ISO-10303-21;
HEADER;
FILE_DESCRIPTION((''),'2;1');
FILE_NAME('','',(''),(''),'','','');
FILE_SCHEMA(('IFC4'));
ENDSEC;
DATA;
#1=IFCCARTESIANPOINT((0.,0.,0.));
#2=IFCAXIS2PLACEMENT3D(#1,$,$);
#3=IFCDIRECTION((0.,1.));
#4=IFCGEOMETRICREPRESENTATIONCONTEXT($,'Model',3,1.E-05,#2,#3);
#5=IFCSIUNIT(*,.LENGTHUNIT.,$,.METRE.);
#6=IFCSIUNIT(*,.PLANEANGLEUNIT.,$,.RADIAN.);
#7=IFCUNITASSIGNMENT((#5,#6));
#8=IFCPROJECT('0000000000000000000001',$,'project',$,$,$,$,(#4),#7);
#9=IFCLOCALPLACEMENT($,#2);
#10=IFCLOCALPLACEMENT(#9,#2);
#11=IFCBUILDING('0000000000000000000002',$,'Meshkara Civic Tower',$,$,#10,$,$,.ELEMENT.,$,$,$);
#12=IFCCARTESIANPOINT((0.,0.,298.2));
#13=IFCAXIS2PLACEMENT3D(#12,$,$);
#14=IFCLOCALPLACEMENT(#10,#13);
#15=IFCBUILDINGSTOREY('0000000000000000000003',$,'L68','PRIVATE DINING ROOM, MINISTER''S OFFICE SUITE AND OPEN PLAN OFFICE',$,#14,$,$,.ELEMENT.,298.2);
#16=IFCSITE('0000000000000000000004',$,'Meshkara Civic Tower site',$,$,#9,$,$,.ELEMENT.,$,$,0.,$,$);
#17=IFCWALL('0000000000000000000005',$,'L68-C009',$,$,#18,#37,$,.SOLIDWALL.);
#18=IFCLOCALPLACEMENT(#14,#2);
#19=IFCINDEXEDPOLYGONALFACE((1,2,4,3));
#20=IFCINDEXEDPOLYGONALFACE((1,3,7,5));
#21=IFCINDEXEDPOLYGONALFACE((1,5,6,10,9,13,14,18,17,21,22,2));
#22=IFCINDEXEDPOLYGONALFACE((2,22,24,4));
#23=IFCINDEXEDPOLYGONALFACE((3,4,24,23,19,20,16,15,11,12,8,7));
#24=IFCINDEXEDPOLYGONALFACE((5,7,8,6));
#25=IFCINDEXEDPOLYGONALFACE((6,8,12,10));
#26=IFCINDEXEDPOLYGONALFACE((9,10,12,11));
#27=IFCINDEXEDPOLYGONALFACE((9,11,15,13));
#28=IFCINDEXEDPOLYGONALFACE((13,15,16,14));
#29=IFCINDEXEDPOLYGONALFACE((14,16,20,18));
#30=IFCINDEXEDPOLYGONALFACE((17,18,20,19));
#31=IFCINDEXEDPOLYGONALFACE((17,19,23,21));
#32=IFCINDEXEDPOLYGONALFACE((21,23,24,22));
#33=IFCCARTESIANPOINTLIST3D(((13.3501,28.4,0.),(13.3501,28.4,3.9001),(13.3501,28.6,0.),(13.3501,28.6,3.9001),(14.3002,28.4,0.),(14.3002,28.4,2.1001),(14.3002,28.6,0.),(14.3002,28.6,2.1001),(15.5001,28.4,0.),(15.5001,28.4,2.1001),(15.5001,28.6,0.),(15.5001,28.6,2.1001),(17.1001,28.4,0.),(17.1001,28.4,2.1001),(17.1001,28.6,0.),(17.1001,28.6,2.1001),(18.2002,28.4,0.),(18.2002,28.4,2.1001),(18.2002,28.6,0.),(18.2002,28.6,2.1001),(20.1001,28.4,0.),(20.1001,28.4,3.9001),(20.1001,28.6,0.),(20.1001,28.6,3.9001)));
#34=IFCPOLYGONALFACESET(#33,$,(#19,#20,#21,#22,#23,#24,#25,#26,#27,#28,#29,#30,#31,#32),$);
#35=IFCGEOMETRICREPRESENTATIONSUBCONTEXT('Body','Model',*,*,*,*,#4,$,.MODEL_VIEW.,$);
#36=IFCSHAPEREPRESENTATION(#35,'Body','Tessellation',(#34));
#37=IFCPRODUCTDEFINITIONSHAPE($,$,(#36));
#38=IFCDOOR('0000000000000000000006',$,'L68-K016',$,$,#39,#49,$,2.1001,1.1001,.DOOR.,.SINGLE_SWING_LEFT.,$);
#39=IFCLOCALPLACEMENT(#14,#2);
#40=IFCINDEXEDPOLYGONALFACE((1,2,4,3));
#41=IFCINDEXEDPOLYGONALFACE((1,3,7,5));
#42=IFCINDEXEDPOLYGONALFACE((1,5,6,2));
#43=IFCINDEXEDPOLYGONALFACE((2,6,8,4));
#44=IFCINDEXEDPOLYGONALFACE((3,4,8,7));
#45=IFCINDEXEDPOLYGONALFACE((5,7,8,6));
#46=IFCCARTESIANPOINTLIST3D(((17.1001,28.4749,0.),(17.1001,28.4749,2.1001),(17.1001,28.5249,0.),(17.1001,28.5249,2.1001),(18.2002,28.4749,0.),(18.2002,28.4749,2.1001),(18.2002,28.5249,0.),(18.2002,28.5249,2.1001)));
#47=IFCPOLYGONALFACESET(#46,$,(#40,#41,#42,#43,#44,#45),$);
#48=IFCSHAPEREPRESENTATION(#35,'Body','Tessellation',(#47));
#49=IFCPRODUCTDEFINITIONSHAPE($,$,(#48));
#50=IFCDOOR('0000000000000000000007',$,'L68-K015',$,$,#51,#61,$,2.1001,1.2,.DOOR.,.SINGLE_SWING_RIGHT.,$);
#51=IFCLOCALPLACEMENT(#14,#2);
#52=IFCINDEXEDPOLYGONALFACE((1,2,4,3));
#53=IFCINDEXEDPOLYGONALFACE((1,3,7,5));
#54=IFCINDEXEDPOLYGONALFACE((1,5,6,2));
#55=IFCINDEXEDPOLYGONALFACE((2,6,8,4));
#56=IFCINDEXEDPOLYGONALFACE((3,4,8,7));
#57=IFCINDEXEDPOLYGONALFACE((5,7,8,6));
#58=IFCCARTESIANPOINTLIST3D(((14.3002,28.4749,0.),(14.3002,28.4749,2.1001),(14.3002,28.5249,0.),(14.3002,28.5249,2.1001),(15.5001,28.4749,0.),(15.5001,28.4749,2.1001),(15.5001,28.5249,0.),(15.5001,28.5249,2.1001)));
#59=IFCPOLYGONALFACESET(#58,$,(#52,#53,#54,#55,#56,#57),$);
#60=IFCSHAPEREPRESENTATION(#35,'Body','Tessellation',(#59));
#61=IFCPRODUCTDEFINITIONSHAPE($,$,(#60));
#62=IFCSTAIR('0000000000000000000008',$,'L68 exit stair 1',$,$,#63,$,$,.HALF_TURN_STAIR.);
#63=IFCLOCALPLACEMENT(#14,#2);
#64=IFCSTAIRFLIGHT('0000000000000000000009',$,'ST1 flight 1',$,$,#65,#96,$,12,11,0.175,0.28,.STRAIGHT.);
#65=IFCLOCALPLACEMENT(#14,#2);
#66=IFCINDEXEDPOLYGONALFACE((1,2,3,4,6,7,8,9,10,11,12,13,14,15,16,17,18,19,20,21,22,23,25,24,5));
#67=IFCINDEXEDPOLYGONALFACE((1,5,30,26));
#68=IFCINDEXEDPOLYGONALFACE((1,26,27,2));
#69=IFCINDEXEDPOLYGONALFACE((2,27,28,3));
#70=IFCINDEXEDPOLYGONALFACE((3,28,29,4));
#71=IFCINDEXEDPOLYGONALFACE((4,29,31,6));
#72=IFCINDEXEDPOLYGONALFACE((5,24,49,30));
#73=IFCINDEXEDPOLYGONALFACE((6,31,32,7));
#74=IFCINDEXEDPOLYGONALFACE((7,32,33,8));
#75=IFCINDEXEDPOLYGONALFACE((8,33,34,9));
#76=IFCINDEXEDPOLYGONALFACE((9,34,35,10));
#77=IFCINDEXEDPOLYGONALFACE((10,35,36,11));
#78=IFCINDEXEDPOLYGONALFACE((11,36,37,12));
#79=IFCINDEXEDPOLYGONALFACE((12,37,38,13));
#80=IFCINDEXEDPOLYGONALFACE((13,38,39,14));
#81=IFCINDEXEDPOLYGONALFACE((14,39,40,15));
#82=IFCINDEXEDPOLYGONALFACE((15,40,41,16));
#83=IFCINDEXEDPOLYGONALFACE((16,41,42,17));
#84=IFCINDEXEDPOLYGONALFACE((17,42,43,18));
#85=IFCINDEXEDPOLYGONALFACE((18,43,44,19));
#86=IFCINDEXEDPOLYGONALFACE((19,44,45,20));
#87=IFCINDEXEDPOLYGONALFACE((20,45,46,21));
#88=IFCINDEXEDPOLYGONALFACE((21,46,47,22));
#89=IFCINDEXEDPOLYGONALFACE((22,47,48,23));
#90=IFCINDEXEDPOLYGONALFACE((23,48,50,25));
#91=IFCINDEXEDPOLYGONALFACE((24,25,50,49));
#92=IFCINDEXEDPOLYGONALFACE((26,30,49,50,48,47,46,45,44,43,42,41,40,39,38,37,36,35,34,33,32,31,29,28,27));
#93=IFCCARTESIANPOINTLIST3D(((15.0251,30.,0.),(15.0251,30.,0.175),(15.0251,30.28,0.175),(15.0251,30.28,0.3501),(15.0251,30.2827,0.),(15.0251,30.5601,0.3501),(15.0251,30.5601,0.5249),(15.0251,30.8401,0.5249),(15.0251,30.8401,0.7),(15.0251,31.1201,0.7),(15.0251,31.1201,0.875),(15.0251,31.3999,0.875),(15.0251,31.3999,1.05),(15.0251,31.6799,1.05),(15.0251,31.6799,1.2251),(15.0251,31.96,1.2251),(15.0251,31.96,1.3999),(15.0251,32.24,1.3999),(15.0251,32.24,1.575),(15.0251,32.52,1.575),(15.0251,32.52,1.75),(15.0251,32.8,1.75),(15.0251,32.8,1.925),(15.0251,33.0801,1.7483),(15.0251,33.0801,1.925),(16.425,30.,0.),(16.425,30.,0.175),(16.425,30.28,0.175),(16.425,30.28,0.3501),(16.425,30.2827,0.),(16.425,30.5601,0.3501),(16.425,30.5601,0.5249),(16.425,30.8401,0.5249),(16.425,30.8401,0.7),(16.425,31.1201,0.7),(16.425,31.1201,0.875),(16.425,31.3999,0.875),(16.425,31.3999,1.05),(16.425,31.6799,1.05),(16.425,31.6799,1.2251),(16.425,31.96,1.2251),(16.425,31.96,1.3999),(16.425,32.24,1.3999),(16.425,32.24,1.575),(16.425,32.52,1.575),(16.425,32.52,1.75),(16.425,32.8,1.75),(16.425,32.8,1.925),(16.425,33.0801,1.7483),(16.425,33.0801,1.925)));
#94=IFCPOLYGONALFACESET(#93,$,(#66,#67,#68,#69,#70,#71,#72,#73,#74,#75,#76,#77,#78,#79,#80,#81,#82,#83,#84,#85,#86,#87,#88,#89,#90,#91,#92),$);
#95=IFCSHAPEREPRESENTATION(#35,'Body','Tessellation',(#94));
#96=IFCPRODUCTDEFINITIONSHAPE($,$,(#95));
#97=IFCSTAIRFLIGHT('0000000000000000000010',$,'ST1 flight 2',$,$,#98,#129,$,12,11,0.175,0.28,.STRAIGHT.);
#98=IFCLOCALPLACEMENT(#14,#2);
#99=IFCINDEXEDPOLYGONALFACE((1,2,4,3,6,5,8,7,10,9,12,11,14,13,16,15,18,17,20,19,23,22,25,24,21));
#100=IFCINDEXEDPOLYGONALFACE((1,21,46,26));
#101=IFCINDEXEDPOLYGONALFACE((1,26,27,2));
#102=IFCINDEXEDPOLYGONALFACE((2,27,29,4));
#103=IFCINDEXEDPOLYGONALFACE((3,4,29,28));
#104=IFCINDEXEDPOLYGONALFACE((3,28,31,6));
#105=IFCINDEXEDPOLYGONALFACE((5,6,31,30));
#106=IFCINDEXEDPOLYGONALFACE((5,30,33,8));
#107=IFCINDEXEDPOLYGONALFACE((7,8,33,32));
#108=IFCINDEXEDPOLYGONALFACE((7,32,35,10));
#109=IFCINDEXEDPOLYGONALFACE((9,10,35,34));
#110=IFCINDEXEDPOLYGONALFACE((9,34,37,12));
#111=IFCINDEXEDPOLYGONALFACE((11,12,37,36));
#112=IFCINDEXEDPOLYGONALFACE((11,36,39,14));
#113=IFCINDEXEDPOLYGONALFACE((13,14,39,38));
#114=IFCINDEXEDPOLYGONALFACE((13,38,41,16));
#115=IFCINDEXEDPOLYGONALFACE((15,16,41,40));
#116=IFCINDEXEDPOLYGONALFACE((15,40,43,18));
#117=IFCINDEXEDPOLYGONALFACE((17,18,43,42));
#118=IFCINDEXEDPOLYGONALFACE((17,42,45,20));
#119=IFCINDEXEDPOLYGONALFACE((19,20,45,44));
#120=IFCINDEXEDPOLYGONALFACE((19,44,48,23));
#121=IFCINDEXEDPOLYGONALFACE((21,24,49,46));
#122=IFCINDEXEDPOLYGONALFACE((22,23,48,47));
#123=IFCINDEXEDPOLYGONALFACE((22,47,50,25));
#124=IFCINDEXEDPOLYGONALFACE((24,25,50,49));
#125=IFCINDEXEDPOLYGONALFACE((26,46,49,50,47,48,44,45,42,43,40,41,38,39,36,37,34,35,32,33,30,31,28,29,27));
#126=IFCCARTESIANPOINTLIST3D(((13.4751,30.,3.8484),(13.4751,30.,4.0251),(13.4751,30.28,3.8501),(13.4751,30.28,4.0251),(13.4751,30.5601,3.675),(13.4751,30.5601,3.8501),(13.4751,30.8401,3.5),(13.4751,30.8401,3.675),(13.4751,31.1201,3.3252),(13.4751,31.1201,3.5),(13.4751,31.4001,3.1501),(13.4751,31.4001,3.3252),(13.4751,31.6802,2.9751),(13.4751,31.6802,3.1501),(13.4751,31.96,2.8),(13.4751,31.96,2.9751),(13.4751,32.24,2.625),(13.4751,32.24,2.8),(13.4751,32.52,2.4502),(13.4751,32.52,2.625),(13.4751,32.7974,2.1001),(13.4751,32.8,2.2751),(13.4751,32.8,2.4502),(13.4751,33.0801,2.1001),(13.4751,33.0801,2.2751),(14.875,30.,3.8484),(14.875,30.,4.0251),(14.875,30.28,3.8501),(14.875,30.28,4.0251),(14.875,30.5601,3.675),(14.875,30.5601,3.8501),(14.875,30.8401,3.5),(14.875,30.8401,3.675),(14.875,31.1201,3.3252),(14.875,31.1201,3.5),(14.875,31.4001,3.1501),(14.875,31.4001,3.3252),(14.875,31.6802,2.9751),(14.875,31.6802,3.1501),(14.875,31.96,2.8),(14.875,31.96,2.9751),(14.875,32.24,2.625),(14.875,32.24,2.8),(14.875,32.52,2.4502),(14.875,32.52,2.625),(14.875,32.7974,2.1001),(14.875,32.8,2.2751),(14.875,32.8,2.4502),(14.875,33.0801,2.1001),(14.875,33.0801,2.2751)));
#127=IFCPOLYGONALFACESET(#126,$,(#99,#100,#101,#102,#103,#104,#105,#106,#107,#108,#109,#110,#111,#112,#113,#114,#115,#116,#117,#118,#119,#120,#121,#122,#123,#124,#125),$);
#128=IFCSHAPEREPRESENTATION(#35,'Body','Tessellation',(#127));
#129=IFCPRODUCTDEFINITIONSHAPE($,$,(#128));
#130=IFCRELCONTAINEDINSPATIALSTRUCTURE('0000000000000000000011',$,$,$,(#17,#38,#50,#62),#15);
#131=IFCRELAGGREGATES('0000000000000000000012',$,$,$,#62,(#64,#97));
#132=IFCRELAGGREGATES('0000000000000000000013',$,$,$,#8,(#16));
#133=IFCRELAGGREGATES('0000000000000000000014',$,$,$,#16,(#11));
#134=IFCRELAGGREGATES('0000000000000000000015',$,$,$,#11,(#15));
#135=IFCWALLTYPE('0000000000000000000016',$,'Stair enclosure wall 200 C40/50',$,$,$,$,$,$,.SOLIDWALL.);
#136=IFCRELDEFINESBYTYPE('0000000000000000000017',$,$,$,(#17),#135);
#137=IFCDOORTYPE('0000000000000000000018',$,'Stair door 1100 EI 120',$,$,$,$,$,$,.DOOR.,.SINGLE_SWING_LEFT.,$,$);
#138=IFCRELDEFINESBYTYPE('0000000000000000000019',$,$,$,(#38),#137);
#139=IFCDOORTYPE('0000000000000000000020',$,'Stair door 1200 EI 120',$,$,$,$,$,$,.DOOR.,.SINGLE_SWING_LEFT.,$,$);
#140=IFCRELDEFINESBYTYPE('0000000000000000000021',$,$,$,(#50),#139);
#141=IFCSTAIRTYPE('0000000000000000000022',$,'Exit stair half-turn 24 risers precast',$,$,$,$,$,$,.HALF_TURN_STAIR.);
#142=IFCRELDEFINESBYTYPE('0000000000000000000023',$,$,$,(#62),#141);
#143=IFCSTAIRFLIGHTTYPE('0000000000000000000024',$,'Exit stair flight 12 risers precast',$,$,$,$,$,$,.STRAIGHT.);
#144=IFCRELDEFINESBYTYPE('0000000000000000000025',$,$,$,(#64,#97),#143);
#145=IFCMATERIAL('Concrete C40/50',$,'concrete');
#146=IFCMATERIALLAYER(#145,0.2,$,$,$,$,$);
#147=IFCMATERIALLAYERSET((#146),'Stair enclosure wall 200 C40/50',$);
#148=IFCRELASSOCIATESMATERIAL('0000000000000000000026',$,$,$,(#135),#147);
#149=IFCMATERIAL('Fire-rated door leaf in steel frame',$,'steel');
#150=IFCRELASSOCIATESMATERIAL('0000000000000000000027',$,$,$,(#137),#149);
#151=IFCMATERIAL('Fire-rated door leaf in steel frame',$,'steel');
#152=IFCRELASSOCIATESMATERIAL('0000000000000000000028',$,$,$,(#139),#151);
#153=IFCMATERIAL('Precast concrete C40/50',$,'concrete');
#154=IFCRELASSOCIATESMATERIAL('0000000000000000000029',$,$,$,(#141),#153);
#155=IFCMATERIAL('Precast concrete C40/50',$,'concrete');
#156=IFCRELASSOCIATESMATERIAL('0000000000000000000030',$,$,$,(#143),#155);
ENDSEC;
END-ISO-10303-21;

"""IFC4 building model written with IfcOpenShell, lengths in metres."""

from ifc_helpers import new_model, si_unit, direction, frame, frame_2d, origin, place, context, subcontext, project, spatial, polyline, rectangle, outline, extrude, material, layer, layer_set, type_object, element, fill, aggregate, save


model = new_model("IFC4")

# Units and contexts
model_context = context("Model", 3, precision=1e-05, world=origin(), true_north=direction((0.0, 1.0)))
body_context = subcontext(model_context, "Body", "Model", "MODEL_VIEW")
ifc_project = project(units=[si_unit("LENGTHUNIT", "METRE"), si_unit("PLANEANGLEUNIT", "RADIAN")], contexts=[model_context])

# Site, building, storey
site_placement = place(None, origin())
site = spatial("IfcSite", under=ifc_project, at=site_placement, Name="Meshkara Civic Tower site", CompositionType="ELEMENT", RefElevation=0.0)
building_placement = place(site_placement, origin())
building = spatial("IfcBuilding", under=site, at=building_placement, Name="Meshkara Civic Tower", CompositionType="ELEMENT")
storey_placement = place(building_placement, frame((0.0, 0.0, 298.2)))
storey = spatial("IfcBuildingStorey", under=building, at=storey_placement, Name="L68", Description="PRIVATE DINING ROOM, MINISTER'S OFFICE SUITE AND OPEN PLAN OFFICE", CompositionType="ELEMENT", Elevation=298.2)

# Wall, openings, doors
ifc_material_1 = material(Name="Concrete C40/50", Category="concrete")
ifc_layer_1 = layer(ifc_material_1, 0.2)
ifc_layer_set_1 = layer_set([ifc_layer_1], Name="Stair enclosure wall 200 C40/50")
wall_type_1 = type_object("IfcWallType", Name="Stair enclosure wall 200 C40/50", PredefinedType="SOLIDWALL", material=ifc_layer_set_1)
wall_1_placement = place(storey_placement, frame((13.3501, 28.5, 0.0), z_axis=(0.0, 0.0, 1.0), x_axis=(1.0, 0.0, 0.0)))
wall_1 = element("IfcWall", 1, at=wall_1_placement, inside=storey, type_object=wall_type_1, Name="L68-C009", PredefinedType="SOLIDWALL", context=body_context, shape_type="SweptSolid", body=[
    extrude(rectangle(XDim=6.75, YDim=0.2, at=frame_2d((3.375, 0.0))), origin(), (0.0, 0.0, 1.0), 3.9001),
])
opening_1_placement = place(wall_1_placement, frame((0.95, 0.0, 0.0)))
opening_1 = element("IfcOpeningElement", 2, at=opening_1_placement, cuts=wall_1, PredefinedType="OPENING", context=body_context, shape_type="SweptSolid", body=[
    extrude(rectangle(XDim=1.2, YDim=2.1001, at=frame_2d((0.6001, 1.05))), frame((0.0, 0.1099, 0.0), z_axis=(0.0, -1.0, 0.0), x_axis=(1.0, 0.0, 0.0)), (0.0, 0.0, 1.0), 0.22),
])
opening_2_placement = place(wall_1_placement, frame((3.75, 0.0, 0.0)))
opening_2 = element("IfcOpeningElement", 3, at=opening_2_placement, cuts=wall_1, PredefinedType="OPENING", context=body_context, shape_type="SweptSolid", body=[
    extrude(rectangle(XDim=1.1001, YDim=2.1001, at=frame_2d((0.55, 1.05))), frame((0.0, 0.1099, 0.0), z_axis=(0.0, -1.0, 0.0), x_axis=(1.0, 0.0, 0.0)), (0.0, 0.0, 1.0), 0.22),
])
ifc_material_2 = material(Name="Fire-rated door leaf in steel frame", Category="steel")
door_type_1 = type_object("IfcDoorType", Name="Stair door 1100 EI 120", OperationType="SINGLE_SWING_LEFT", PredefinedType="DOOR", material=ifc_material_2)
door_1_placement = place(opening_2_placement, origin())
door_1 = element("IfcDoor", 4, at=door_1_placement, inside=storey, type_object=door_type_1, Name="L68-K016", OperationType="SINGLE_SWING_LEFT", OverallHeight=2.1001, OverallWidth=1.1001, PredefinedType="DOOR", context=body_context, shape_type="SweptSolid", body=[
    extrude(rectangle(XDim=1.1001, YDim=2.1001, at=frame_2d((0.55, 1.05))), frame((0.0, 0.0249, 0.0), z_axis=(0.0, -1.0, 0.0), x_axis=(1.0, 0.0, 0.0)), (0.0, 0.0, 1.0), 0.05),
])
fill(opening_2, door_1)
ifc_material_3 = material(Name="Fire-rated door leaf in steel frame", Category="steel")
door_type_2 = type_object("IfcDoorType", Name="Stair door 1200 EI 120", OperationType="SINGLE_SWING_LEFT", PredefinedType="DOOR", material=ifc_material_3)
door_2_placement = place(opening_1_placement, origin())
door_2 = element("IfcDoor", 5, at=door_2_placement, inside=storey, type_object=door_type_2, Name="L68-K015", OperationType="SINGLE_SWING_RIGHT", OverallHeight=2.1001, OverallWidth=1.2, PredefinedType="DOOR", context=body_context, shape_type="SweptSolid", body=[
    extrude(rectangle(XDim=1.2, YDim=2.1001, at=frame_2d((0.6001, 1.05))), frame((0.0, 0.0249, 0.0), z_axis=(0.0, -1.0, 0.0), x_axis=(1.0, 0.0, 0.0)), (0.0, 0.0, 1.0), 0.05),
])
fill(opening_1, door_2)

# Stair, stair flights
ifc_material_4 = material(Name="Precast concrete C40/50", Category="concrete")
stair_type = type_object("IfcStairType", Name="Exit stair half-turn 24 risers precast", PredefinedType="HALF_TURN_STAIR", material=ifc_material_4)
stair_placement = place(storey_placement, origin())
stair = element("IfcStair", 6, at=stair_placement, inside=storey, type_object=stair_type, Name="L68 exit stair 1", PredefinedType="HALF_TURN_STAIR")
ifc_material_5 = material(Name="Precast concrete C40/50", Category="concrete")
stair_flight_type = type_object("IfcStairFlightType", Name="Exit stair flight 12 risers precast", PredefinedType="STRAIGHT", material=ifc_material_5)
stair_flight_1_placement = place(storey_placement, frame((15.7251, 30.0, 0.0), z_axis=(0.0, 0.0, 1.0), x_axis=(0.0, 1.0, 0.0)))
stair_flight_1 = element("IfcStairFlight", 7, at=stair_flight_1_placement, type_object=stair_flight_type, Name="ST1 flight 1", NumberOfRisers=12, NumberOfTreads=11, PredefinedType="STRAIGHT", RiserHeight=0.175, TreadLength=0.28, context=body_context, shape_type="SweptSolid", body=[
    extrude(outline(polyline([(0.0, 0.0), (0.0, 0.175), (0.28, 0.175), (0.28, 0.3501), (0.5601, 0.3501), (0.5601, 0.5249), (0.8401, 0.5249), (0.8401, 0.7), (1.1201, 0.7), (1.1201, 0.875), (1.3999, 0.875), (1.3999, 1.05), (1.6799, 1.05), (1.6799, 1.2251), (1.96, 1.2251), (1.96, 1.3999), (2.24, 1.3999), (2.24, 1.575), (2.52, 1.575), (2.52, 1.75), (2.8, 1.75), (2.8, 1.925), (3.0801, 1.925), (3.0801, 2.1001), (3.0801, 1.7483), (0.2827, 0.0), (0.0, 0.0)])), frame((0.0, 0.7, 0.0), z_axis=(0.0, -1.0, 0.0), x_axis=(1.0, 0.0, 0.0)), (0.0, 0.0, 1.0), 1.3999),
])
stair_flight_2_placement = place(storey_placement, frame((14.175, 33.0801, 2.1001), z_axis=(0.0, 0.0, 1.0), x_axis=(0.0, -1.0, 0.0)))
stair_flight_2 = element("IfcStairFlight", 8, at=stair_flight_2_placement, type_object=stair_flight_type, Name="ST1 flight 2", NumberOfRisers=12, NumberOfTreads=11, PredefinedType="STRAIGHT", RiserHeight=0.175, TreadLength=0.28, context=body_context, shape_type="SweptSolid", body=[
    extrude(outline(polyline([(0.0, 0.0), (0.0, 0.175), (0.28, 0.175), (0.28, 0.3501), (0.5601, 0.3501), (0.5601, 0.5249), (0.8401, 0.5249), (0.8401, 0.7), (1.1201, 0.7), (1.1201, 0.875), (1.3999, 0.875), (1.3999, 1.05), (1.6799, 1.05), (1.6799, 1.2251), (1.96, 1.2251), (1.96, 1.3999), (2.24, 1.3999), (2.24, 1.575), (2.52, 1.575), (2.52, 1.75), (2.8, 1.75), (2.8, 1.925), (3.0801, 1.925), (3.0801, 2.1001), (3.0801, 1.7483), (0.2827, 0.0), (0.0, 0.0)])), frame((0.0, 0.7, 0.0), z_axis=(0.0, -1.0, 0.0), x_axis=(1.0, 0.0, 0.0)), (0.0, 0.0, 1.0), 1.3999),
])
aggregate(stair, [stair_flight_1, stair_flight_2])

save(model, "model.ifc")
